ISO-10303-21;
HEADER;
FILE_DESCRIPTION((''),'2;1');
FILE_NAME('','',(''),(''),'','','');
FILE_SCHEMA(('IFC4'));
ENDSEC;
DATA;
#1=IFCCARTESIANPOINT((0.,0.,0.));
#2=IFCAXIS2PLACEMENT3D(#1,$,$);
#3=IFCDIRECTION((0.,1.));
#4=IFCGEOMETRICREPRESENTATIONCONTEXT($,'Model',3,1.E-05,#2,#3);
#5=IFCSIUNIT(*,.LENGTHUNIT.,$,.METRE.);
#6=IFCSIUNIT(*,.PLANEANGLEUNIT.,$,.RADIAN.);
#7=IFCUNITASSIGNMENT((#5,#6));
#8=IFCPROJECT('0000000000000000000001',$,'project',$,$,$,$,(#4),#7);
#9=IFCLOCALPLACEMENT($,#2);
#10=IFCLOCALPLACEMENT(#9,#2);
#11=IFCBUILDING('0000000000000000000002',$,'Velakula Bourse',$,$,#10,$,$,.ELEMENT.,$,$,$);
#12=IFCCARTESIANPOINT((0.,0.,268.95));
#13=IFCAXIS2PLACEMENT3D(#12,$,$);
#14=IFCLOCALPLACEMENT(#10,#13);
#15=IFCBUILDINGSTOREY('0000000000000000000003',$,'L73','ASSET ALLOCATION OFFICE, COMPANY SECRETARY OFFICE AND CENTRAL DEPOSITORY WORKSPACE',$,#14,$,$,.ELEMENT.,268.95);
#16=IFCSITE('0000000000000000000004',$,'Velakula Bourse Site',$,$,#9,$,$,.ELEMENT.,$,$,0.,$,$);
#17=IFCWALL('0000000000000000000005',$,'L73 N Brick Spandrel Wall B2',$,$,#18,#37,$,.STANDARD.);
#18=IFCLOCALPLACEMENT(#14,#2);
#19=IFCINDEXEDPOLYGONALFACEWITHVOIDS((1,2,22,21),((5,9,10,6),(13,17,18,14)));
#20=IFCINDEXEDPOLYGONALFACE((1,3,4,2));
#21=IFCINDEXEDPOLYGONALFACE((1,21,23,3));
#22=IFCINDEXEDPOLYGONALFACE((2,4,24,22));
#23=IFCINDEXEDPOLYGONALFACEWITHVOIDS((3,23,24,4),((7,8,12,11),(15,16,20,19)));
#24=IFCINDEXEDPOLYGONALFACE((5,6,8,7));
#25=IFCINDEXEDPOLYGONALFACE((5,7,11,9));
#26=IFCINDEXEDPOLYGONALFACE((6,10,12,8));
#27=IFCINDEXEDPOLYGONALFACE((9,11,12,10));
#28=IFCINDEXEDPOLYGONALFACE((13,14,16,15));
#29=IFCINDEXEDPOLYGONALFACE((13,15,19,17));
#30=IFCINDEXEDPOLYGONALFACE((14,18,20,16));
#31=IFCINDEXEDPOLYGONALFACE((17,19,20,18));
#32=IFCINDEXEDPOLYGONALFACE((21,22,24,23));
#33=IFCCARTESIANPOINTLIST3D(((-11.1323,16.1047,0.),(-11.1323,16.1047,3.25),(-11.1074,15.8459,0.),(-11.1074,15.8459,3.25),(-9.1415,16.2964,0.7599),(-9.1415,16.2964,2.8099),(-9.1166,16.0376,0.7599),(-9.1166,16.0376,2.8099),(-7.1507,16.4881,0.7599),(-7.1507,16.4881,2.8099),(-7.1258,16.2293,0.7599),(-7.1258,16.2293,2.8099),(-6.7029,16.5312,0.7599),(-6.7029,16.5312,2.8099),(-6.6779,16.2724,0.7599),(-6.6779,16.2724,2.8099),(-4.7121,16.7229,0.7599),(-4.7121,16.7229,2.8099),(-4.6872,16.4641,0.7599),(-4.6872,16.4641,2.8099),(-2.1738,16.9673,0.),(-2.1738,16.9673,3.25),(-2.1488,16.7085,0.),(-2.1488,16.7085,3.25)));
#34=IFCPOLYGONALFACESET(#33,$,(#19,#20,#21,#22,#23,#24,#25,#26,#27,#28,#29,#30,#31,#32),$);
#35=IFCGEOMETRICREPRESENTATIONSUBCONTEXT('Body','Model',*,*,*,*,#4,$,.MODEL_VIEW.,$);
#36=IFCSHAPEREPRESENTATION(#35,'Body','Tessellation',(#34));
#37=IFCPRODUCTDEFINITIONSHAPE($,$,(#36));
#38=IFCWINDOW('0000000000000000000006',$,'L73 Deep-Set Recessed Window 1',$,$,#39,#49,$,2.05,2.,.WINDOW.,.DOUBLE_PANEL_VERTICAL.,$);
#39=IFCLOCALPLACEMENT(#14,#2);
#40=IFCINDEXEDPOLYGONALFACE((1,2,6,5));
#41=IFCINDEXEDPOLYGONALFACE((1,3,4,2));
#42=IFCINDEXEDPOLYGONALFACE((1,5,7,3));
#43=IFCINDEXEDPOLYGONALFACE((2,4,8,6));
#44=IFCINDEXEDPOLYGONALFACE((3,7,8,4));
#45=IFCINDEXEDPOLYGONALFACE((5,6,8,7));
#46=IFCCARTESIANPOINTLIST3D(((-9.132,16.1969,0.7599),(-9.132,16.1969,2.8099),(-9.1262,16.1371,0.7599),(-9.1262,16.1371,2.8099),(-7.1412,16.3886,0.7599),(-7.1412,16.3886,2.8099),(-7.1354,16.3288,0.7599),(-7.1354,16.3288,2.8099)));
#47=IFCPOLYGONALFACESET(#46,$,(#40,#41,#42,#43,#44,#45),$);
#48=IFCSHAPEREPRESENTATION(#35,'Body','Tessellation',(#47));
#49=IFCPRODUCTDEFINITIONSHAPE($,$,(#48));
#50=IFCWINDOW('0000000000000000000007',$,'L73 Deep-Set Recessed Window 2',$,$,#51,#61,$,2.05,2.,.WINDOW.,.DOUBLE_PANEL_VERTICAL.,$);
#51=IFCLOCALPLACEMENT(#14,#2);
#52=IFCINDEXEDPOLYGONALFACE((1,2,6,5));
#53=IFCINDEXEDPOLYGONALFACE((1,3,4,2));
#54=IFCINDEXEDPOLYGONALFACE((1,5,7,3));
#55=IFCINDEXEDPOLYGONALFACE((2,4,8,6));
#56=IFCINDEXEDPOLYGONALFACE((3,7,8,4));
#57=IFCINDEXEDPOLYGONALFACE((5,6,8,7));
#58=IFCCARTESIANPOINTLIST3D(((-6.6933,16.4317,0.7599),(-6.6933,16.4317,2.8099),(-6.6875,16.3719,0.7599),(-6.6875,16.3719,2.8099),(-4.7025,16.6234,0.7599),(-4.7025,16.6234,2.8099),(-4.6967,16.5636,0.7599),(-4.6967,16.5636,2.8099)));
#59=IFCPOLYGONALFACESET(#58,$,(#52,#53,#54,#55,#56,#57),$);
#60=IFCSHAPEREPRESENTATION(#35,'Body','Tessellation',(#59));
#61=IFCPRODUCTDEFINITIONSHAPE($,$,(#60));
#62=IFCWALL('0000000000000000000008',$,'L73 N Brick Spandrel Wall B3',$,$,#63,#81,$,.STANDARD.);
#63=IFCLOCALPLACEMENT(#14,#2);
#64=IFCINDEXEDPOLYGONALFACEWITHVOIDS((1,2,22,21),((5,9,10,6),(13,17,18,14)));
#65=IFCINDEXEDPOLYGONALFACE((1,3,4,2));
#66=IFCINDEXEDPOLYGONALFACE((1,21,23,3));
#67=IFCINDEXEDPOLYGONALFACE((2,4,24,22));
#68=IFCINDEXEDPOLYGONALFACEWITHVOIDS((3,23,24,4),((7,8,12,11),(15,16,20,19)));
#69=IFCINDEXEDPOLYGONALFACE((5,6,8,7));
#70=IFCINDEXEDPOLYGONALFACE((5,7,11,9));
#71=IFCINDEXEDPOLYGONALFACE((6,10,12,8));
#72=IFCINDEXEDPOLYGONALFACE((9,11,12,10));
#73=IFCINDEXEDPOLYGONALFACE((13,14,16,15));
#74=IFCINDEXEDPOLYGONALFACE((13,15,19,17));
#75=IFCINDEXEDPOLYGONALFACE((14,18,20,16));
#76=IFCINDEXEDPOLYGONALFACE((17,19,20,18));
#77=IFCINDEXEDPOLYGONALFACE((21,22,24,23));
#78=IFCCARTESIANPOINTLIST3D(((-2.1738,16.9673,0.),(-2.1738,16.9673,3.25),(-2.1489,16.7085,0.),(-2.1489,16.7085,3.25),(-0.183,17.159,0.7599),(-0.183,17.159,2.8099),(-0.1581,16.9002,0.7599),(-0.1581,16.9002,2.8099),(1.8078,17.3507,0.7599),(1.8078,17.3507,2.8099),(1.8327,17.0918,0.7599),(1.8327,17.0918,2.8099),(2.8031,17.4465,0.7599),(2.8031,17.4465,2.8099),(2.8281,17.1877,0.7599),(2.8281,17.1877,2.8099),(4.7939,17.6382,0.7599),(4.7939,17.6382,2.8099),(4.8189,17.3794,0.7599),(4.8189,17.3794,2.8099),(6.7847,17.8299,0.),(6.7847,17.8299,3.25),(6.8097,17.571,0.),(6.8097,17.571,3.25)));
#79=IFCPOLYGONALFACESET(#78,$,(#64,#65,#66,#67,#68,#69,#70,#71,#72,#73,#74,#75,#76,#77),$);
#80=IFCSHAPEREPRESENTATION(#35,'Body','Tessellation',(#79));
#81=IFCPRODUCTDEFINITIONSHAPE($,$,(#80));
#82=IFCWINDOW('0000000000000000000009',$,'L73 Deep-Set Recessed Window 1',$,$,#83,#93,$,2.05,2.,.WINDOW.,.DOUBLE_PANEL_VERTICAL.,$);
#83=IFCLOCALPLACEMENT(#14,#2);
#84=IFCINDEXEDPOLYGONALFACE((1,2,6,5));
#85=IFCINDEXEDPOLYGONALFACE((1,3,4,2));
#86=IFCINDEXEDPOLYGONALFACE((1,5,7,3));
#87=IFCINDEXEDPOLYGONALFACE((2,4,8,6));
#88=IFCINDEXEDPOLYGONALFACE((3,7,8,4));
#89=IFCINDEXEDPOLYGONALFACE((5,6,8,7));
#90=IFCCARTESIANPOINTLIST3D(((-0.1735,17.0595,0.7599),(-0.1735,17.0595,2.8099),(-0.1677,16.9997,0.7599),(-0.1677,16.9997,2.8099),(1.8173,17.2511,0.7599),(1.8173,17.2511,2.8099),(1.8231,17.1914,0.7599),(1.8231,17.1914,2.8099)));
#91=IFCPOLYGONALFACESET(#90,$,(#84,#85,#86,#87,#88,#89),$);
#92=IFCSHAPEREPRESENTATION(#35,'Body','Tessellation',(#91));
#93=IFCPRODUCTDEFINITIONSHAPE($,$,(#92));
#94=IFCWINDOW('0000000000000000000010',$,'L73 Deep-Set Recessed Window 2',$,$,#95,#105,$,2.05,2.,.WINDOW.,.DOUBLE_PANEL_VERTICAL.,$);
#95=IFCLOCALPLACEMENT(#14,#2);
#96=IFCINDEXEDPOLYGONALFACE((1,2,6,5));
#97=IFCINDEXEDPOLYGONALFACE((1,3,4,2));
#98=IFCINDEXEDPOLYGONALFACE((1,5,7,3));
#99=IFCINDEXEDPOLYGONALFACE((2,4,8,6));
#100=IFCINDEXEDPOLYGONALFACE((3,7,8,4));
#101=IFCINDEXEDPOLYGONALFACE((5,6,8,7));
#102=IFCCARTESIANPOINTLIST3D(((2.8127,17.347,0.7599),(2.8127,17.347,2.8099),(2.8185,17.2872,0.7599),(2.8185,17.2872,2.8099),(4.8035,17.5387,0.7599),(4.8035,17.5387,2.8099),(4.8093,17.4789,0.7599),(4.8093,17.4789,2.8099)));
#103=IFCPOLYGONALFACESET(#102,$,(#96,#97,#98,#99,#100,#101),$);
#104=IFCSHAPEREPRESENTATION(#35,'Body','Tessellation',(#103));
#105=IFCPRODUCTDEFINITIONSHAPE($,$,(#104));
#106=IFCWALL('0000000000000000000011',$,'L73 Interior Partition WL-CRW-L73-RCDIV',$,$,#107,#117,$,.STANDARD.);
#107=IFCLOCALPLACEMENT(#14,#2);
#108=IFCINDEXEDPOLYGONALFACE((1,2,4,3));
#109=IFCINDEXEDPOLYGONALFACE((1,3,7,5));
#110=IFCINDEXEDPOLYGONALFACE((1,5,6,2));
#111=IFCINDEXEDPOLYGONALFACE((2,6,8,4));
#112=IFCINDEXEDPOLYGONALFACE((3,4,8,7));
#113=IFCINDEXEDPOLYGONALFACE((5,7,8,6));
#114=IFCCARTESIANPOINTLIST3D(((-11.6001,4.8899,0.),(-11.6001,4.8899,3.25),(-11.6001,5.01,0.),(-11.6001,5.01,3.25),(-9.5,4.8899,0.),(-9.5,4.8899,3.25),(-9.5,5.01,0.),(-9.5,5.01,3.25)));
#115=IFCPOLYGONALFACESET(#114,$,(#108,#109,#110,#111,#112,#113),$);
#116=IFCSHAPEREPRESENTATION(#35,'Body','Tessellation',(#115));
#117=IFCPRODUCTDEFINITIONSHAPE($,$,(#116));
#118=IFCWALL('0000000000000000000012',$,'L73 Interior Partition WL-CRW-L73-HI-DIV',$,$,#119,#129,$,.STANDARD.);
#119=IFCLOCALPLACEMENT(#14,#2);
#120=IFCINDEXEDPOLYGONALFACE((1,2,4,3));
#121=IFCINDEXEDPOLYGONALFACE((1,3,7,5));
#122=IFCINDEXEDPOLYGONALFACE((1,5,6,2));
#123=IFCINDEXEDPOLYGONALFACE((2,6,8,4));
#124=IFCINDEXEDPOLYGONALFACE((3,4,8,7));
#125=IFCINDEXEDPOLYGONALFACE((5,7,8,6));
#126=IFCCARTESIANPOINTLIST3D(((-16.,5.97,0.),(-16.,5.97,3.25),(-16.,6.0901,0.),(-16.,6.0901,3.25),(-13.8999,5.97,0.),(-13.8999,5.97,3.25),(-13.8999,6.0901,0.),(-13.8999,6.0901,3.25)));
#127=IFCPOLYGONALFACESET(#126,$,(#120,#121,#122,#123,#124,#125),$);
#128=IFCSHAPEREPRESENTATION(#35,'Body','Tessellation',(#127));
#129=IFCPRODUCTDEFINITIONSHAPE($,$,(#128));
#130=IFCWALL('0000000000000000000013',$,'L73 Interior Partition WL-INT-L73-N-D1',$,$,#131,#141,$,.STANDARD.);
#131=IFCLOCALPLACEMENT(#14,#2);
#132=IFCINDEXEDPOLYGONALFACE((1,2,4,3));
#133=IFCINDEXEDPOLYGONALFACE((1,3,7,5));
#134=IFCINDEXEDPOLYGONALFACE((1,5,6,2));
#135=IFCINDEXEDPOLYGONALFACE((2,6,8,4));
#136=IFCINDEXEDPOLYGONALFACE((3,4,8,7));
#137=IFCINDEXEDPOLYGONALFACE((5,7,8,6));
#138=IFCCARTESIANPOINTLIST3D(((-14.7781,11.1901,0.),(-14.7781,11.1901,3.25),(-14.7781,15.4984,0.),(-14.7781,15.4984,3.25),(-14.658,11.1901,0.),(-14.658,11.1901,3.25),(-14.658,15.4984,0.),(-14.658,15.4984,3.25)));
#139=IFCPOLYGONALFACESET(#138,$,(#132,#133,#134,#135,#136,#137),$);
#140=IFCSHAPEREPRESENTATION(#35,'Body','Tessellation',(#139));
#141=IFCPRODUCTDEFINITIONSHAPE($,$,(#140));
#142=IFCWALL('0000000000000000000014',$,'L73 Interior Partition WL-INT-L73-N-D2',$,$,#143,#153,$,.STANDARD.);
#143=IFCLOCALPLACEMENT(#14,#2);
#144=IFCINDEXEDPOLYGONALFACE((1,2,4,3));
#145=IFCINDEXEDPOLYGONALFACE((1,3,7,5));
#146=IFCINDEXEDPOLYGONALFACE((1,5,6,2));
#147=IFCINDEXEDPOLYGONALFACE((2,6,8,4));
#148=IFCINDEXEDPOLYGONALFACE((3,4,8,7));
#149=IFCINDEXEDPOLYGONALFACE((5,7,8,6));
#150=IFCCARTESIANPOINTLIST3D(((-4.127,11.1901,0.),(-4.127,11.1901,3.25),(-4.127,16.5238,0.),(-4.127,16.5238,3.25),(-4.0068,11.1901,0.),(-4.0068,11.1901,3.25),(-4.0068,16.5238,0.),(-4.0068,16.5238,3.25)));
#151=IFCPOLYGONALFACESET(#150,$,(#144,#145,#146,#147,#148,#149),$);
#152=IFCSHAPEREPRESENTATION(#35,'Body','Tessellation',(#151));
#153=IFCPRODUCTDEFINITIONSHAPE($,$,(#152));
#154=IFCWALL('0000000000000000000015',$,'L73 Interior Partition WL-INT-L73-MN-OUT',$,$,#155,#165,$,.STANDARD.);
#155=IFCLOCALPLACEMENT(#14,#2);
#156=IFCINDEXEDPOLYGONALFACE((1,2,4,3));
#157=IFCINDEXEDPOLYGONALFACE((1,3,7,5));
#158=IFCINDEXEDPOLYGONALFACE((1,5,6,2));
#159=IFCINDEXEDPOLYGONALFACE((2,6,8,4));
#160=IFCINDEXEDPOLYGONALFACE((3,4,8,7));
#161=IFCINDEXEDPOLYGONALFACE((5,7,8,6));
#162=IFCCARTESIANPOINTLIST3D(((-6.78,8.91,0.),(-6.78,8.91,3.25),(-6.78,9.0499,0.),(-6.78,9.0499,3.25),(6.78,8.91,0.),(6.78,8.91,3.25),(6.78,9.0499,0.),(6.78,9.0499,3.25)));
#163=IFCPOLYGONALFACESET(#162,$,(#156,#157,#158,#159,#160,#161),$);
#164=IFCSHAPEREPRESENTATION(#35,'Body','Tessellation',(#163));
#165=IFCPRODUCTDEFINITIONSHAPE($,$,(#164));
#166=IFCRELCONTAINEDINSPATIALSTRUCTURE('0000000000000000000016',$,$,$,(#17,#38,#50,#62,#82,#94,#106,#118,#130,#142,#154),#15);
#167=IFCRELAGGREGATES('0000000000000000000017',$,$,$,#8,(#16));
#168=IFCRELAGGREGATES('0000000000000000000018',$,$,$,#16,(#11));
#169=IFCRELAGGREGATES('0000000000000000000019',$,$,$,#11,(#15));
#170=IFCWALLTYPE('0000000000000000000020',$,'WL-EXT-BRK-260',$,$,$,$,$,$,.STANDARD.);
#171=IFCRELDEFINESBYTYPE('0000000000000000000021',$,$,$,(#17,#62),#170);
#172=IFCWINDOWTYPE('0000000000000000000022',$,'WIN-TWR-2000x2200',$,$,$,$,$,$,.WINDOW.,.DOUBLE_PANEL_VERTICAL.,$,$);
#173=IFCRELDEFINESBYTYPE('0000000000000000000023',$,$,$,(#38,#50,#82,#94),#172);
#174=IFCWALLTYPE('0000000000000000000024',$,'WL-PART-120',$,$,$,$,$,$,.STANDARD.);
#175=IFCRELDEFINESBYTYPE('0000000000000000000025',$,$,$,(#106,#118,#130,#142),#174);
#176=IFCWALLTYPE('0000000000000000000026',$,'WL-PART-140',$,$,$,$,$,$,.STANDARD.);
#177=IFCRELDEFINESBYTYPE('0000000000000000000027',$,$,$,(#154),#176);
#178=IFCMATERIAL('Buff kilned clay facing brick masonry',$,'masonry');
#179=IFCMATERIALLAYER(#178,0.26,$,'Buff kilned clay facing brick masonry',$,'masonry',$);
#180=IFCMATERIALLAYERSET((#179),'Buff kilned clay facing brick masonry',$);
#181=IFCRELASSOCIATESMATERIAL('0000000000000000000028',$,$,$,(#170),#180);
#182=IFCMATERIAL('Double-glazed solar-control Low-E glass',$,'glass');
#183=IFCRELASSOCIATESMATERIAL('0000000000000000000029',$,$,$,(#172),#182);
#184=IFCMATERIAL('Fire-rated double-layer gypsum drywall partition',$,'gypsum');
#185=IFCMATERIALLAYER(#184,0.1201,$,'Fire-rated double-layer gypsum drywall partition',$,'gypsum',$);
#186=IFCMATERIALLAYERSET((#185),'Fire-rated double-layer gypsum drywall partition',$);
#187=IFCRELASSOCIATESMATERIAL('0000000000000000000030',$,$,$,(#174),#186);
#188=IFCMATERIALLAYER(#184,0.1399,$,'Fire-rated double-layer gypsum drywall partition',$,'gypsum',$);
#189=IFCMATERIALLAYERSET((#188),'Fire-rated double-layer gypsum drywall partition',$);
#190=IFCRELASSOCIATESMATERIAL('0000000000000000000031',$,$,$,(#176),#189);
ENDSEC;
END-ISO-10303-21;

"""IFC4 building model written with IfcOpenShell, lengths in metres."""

from ifc_helpers import new_model, si_unit, direction, frame, frame_2d, origin, place, context, subcontext, project, spatial, rectangle, extrude, material, layer, layer_set, type_object, element, fill, save


model = new_model("IFC4")

# Units and contexts
model_context = context("Model", 3, precision=1e-05, world=origin(), true_north=direction((0.0, 1.0)))
body_context = subcontext(model_context, "Body", "Model", "MODEL_VIEW")
ifc_project = project(units=[si_unit("LENGTHUNIT", "METRE"), si_unit("PLANEANGLEUNIT", "RADIAN")], contexts=[model_context])

# Site, building, storey
site_placement = place(None, origin())
site = spatial("IfcSite", under=ifc_project, at=site_placement, Name="Velakula Bourse Site", CompositionType="ELEMENT", RefElevation=0.0)
building_placement = place(site_placement, origin())
building = spatial("IfcBuilding", under=site, at=building_placement, Name="Velakula Bourse", CompositionType="ELEMENT")
storey_placement = place(building_placement, frame((0.0, 0.0, 268.95)))
storey = spatial("IfcBuildingStorey", under=building, at=storey_placement, Name="L73", Description="ASSET ALLOCATION OFFICE, COMPANY SECRETARY OFFICE AND CENTRAL DEPOSITORY WORKSPACE", CompositionType="ELEMENT", Elevation=268.95)

# Walls, openings, windows
ifc_material_1 = material(Name="Buff kilned clay facing brick masonry", Category="masonry")
ifc_layer_1 = layer(ifc_material_1, 0.26, Name="Buff kilned clay facing brick masonry", Category="masonry")
ifc_layer_set_1 = layer_set([ifc_layer_1], Name="Buff kilned clay facing brick masonry")
wall_type_1 = type_object("IfcWallType", Name="WL-EXT-BRK-260", PredefinedType="STANDARD", material=ifc_layer_set_1)
wall_1_placement = place(storey_placement, frame((-11.1199, 15.9753, 0.0), z_axis=(0.0, 0.0, 1.0), x_axis=(0.995397, 0.09584, 0.0)))
wall_1 = element("IfcWall", 1, at=wall_1_placement, inside=storey, type_object=wall_type_1, Name="L73 N Brick Spandrel Wall B2", PredefinedType="STANDARD", context=body_context, shape_type="SweptSolid", body=[
    extrude(rectangle(XDim=9.0, YDim=0.26, at=frame_2d((4.5, 0.0))), origin(), (0.0, 0.0, 1.0), 3.25),
])
opening_1_placement = place(wall_1_placement, frame((2.0, 0.0, 0.76)))
opening_1 = element("IfcOpeningElement", 2, at=opening_1_placement, cuts=wall_1, PredefinedType="OPENING", context=body_context, shape_type="SweptSolid", body=[
    extrude(rectangle(XDim=2.0, YDim=2.05, at=frame_2d((1.0, 1.0249))), frame((0.0, 0.1399, 0.0), z_axis=(0.0, -1.0, 0.0), x_axis=(1.0, 0.0, 0.0)), (0.0, 0.0, 1.0), 0.28),
])
opening_2_placement = place(wall_1_placement, frame((4.45, 0.0, 0.76)))
opening_2 = element("IfcOpeningElement", 3, at=opening_2_placement, cuts=wall_1, PredefinedType="OPENING", context=body_context, shape_type="SweptSolid", body=[
    extrude(rectangle(XDim=2.0, YDim=2.05, at=frame_2d((1.0, 1.0249))), frame((0.0, 0.1399, 0.0), z_axis=(0.0, -1.0, 0.0), x_axis=(1.0, 0.0, 0.0)), (0.0, 0.0, 1.0), 0.28),
])
ifc_material_2 = material(Name="Double-glazed solar-control Low-E glass", Category="glass")
window_type = type_object("IfcWindowType", Name="WIN-TWR-2000x2200", PartitioningType="DOUBLE_PANEL_VERTICAL", PredefinedType="WINDOW", material=ifc_material_2)
window_1_placement = place(opening_1_placement, origin())
window_1 = element("IfcWindow", 4, at=window_1_placement, inside=storey, type_object=window_type, Name="L73 Deep-Set Recessed Window 1", OverallHeight=2.05, OverallWidth=2.0, PartitioningType="DOUBLE_PANEL_VERTICAL", PredefinedType="WINDOW", context=body_context, shape_type="SweptSolid", body=[
    extrude(rectangle(XDim=2.0, YDim=2.05, at=frame_2d((1.0, 1.0249))), frame((0.0, 0.03, 0.0), z_axis=(0.0, -1.0, 0.0), x_axis=(1.0, 0.0, 0.0)), (0.0, 0.0, 1.0), 0.0601),
])
fill(opening_1, window_1)
window_2_placement = place(opening_2_placement, origin())
window_2 = element("IfcWindow", 5, at=window_2_placement, inside=storey, type_object=window_type, Name="L73 Deep-Set Recessed Window 2", OverallHeight=2.05, OverallWidth=2.0, PartitioningType="DOUBLE_PANEL_VERTICAL", PredefinedType="WINDOW", context=body_context, shape_type="SweptSolid", body=[
    extrude(rectangle(XDim=2.0, YDim=2.05, at=frame_2d((1.0, 1.0249))), frame((0.0, 0.03, 0.0), z_axis=(0.0, -1.0, 0.0), x_axis=(1.0, 0.0, 0.0)), (0.0, 0.0, 1.0), 0.0601),
])
fill(opening_2, window_2)
wall_2_placement = place(storey_placement, frame((-2.1614, 16.8379, 0.0), z_axis=(0.0, 0.0, 1.0), x_axis=(0.995397, 0.09584, 0.0)))
wall_2 = element("IfcWall", 6, at=wall_2_placement, inside=storey, type_object=wall_type_1, Name="L73 N Brick Spandrel Wall B3", PredefinedType="STANDARD", context=body_context, shape_type="SweptSolid", body=[
    extrude(rectangle(XDim=9.0, YDim=0.26, at=frame_2d((4.5, 0.0))), origin(), (0.0, 0.0, 1.0), 3.25),
])
opening_3_placement = place(wall_2_placement, frame((2.0, 0.0, 0.76)))
opening_3 = element("IfcOpeningElement", 7, at=opening_3_placement, cuts=wall_2, PredefinedType="OPENING", context=body_context, shape_type="SweptSolid", body=[
    extrude(rectangle(XDim=2.0, YDim=2.05, at=frame_2d((1.0, 1.0249))), frame((0.0, 0.1399, 0.0), z_axis=(0.0, -1.0, 0.0), x_axis=(1.0, 0.0, 0.0)), (0.0, 0.0, 1.0), 0.28),
])
opening_4_placement = place(wall_2_placement, frame((5.0, 0.0, 0.76)))
opening_4 = element("IfcOpeningElement", 8, at=opening_4_placement, cuts=wall_2, PredefinedType="OPENING", context=body_context, shape_type="SweptSolid", body=[
    extrude(rectangle(XDim=2.0, YDim=2.05, at=frame_2d((1.0, 1.0249))), frame((0.0, 0.1399, 0.0), z_axis=(0.0, -1.0, 0.0), x_axis=(1.0, 0.0, 0.0)), (0.0, 0.0, 1.0), 0.28),
])
window_3_placement = place(opening_3_placement, origin())
window_3 = element("IfcWindow", 9, at=window_3_placement, inside=storey, type_object=window_type, Name="L73 Deep-Set Recessed Window 1", OverallHeight=2.05, OverallWidth=2.0, PartitioningType="DOUBLE_PANEL_VERTICAL", PredefinedType="WINDOW", context=body_context, shape_type="SweptSolid", body=[
    extrude(rectangle(XDim=2.0, YDim=2.05, at=frame_2d((1.0, 1.0249))), frame((0.0, 0.03, 0.0), z_axis=(0.0, -1.0, 0.0), x_axis=(1.0, 0.0, 0.0)), (0.0, 0.0, 1.0), 0.0601),
])
fill(opening_3, window_3)
window_4_placement = place(opening_4_placement, origin())
window_4 = element("IfcWindow", 10, at=window_4_placement, inside=storey, type_object=window_type, Name="L73 Deep-Set Recessed Window 2", OverallHeight=2.05, OverallWidth=2.0, PartitioningType="DOUBLE_PANEL_VERTICAL", PredefinedType="WINDOW", context=body_context, shape_type="SweptSolid", body=[
    extrude(rectangle(XDim=2.0, YDim=2.05, at=frame_2d((1.0, 1.0249))), frame((0.0, 0.03, 0.0), z_axis=(0.0, -1.0, 0.0), x_axis=(1.0, 0.0, 0.0)), (0.0, 0.0, 1.0), 0.0601),
])
fill(opening_4, window_4)

# Walls
ifc_material_3 = material(Name="Fire-rated double-layer gypsum drywall partition", Category="gypsum")
ifc_layer_2 = layer(ifc_material_3, 0.1201, Name="Fire-rated double-layer gypsum drywall partition", Category="gypsum")
ifc_layer_set_2 = layer_set([ifc_layer_2], Name="Fire-rated double-layer gypsum drywall partition")
wall_type_2 = type_object("IfcWallType", Name="WL-PART-120", PredefinedType="STANDARD", material=ifc_layer_set_2)
for number, where, z_axis, x_axis, name in (
    (11, (-11.6001, 4.95, 0.0), (0.0, 0.0, 1.0), (1.0, 0.0, 0.0), "L73 Interior Partition WL-CRW-L73-RCDIV"),
    (12, (-16.0, 6.03, 0.0), (0.0, 0.0, 1.0), (1.0, 0.0, 0.0), "L73 Interior Partition WL-CRW-L73-HI-DIV"),
):
    element("IfcWall", number, at=place(storey_placement, frame(where, z_axis=z_axis, x_axis=x_axis)), inside=storey, type_object=wall_type_2, Name=name, PredefinedType="STANDARD", context=body_context, shape_type="SweptSolid", body=[
        extrude(rectangle(XDim=2.1001, YDim=0.1201, at=frame_2d((1.05, 0.0))), origin(), (0.0, 0.0, 1.0), 3.25),
    ])
wall_3_placement = place(storey_placement, frame((-14.718, 11.1899, 0.0), z_axis=(0.0, 0.0, 1.0), x_axis=(0.0, 1.0, 0.0)))
element("IfcWall", 13, at=wall_3_placement, inside=storey, type_object=wall_type_2, Name="L73 Interior Partition WL-INT-L73-N-D1", PredefinedType="STANDARD", context=body_context, shape_type="SweptSolid", body=[
    extrude(rectangle(XDim=4.3083, YDim=0.1201, at=frame_2d((2.1543, 0.0))), origin(), (0.0, 0.0, 1.0), 3.25),
])
wall_4_placement = place(storey_placement, frame((-4.0669, 11.1899, 0.0), z_axis=(0.0, 0.0, 1.0), x_axis=(0.0, 1.0, 0.0)))
element("IfcWall", 14, at=wall_4_placement, inside=storey, type_object=wall_type_2, Name="L73 Interior Partition WL-INT-L73-N-D2", PredefinedType="STANDARD", context=body_context, shape_type="SweptSolid", body=[
    extrude(rectangle(XDim=5.3337, YDim=0.1201, at=frame_2d((2.667, 0.0))), origin(), (0.0, 0.0, 1.0), 3.25),
])
ifc_layer_3 = layer(ifc_material_3, 0.1399, Name="Fire-rated double-layer gypsum drywall partition", Category="gypsum")
ifc_layer_set_3 = layer_set([ifc_layer_3], Name="Fire-rated double-layer gypsum drywall partition")
wall_type_3 = type_object("IfcWallType", Name="WL-PART-140", PredefinedType="STANDARD", material=ifc_layer_set_3)
wall_5_placement = place(storey_placement, frame((-6.78, 8.98, 0.0), z_axis=(0.0, 0.0, 1.0), x_axis=(1.0, 0.0, 0.0)))
element("IfcWall", 15, at=wall_5_placement, inside=storey, type_object=wall_type_3, Name="L73 Interior Partition WL-INT-L73-MN-OUT", PredefinedType="STANDARD", context=body_context, shape_type="SweptSolid", body=[
    extrude(rectangle(XDim=13.5601, YDim=0.1399, at=frame_2d((6.78, 0.0))), origin(), (0.0, 0.0, 1.0), 3.25),
])

save(model, "model.ifc")
